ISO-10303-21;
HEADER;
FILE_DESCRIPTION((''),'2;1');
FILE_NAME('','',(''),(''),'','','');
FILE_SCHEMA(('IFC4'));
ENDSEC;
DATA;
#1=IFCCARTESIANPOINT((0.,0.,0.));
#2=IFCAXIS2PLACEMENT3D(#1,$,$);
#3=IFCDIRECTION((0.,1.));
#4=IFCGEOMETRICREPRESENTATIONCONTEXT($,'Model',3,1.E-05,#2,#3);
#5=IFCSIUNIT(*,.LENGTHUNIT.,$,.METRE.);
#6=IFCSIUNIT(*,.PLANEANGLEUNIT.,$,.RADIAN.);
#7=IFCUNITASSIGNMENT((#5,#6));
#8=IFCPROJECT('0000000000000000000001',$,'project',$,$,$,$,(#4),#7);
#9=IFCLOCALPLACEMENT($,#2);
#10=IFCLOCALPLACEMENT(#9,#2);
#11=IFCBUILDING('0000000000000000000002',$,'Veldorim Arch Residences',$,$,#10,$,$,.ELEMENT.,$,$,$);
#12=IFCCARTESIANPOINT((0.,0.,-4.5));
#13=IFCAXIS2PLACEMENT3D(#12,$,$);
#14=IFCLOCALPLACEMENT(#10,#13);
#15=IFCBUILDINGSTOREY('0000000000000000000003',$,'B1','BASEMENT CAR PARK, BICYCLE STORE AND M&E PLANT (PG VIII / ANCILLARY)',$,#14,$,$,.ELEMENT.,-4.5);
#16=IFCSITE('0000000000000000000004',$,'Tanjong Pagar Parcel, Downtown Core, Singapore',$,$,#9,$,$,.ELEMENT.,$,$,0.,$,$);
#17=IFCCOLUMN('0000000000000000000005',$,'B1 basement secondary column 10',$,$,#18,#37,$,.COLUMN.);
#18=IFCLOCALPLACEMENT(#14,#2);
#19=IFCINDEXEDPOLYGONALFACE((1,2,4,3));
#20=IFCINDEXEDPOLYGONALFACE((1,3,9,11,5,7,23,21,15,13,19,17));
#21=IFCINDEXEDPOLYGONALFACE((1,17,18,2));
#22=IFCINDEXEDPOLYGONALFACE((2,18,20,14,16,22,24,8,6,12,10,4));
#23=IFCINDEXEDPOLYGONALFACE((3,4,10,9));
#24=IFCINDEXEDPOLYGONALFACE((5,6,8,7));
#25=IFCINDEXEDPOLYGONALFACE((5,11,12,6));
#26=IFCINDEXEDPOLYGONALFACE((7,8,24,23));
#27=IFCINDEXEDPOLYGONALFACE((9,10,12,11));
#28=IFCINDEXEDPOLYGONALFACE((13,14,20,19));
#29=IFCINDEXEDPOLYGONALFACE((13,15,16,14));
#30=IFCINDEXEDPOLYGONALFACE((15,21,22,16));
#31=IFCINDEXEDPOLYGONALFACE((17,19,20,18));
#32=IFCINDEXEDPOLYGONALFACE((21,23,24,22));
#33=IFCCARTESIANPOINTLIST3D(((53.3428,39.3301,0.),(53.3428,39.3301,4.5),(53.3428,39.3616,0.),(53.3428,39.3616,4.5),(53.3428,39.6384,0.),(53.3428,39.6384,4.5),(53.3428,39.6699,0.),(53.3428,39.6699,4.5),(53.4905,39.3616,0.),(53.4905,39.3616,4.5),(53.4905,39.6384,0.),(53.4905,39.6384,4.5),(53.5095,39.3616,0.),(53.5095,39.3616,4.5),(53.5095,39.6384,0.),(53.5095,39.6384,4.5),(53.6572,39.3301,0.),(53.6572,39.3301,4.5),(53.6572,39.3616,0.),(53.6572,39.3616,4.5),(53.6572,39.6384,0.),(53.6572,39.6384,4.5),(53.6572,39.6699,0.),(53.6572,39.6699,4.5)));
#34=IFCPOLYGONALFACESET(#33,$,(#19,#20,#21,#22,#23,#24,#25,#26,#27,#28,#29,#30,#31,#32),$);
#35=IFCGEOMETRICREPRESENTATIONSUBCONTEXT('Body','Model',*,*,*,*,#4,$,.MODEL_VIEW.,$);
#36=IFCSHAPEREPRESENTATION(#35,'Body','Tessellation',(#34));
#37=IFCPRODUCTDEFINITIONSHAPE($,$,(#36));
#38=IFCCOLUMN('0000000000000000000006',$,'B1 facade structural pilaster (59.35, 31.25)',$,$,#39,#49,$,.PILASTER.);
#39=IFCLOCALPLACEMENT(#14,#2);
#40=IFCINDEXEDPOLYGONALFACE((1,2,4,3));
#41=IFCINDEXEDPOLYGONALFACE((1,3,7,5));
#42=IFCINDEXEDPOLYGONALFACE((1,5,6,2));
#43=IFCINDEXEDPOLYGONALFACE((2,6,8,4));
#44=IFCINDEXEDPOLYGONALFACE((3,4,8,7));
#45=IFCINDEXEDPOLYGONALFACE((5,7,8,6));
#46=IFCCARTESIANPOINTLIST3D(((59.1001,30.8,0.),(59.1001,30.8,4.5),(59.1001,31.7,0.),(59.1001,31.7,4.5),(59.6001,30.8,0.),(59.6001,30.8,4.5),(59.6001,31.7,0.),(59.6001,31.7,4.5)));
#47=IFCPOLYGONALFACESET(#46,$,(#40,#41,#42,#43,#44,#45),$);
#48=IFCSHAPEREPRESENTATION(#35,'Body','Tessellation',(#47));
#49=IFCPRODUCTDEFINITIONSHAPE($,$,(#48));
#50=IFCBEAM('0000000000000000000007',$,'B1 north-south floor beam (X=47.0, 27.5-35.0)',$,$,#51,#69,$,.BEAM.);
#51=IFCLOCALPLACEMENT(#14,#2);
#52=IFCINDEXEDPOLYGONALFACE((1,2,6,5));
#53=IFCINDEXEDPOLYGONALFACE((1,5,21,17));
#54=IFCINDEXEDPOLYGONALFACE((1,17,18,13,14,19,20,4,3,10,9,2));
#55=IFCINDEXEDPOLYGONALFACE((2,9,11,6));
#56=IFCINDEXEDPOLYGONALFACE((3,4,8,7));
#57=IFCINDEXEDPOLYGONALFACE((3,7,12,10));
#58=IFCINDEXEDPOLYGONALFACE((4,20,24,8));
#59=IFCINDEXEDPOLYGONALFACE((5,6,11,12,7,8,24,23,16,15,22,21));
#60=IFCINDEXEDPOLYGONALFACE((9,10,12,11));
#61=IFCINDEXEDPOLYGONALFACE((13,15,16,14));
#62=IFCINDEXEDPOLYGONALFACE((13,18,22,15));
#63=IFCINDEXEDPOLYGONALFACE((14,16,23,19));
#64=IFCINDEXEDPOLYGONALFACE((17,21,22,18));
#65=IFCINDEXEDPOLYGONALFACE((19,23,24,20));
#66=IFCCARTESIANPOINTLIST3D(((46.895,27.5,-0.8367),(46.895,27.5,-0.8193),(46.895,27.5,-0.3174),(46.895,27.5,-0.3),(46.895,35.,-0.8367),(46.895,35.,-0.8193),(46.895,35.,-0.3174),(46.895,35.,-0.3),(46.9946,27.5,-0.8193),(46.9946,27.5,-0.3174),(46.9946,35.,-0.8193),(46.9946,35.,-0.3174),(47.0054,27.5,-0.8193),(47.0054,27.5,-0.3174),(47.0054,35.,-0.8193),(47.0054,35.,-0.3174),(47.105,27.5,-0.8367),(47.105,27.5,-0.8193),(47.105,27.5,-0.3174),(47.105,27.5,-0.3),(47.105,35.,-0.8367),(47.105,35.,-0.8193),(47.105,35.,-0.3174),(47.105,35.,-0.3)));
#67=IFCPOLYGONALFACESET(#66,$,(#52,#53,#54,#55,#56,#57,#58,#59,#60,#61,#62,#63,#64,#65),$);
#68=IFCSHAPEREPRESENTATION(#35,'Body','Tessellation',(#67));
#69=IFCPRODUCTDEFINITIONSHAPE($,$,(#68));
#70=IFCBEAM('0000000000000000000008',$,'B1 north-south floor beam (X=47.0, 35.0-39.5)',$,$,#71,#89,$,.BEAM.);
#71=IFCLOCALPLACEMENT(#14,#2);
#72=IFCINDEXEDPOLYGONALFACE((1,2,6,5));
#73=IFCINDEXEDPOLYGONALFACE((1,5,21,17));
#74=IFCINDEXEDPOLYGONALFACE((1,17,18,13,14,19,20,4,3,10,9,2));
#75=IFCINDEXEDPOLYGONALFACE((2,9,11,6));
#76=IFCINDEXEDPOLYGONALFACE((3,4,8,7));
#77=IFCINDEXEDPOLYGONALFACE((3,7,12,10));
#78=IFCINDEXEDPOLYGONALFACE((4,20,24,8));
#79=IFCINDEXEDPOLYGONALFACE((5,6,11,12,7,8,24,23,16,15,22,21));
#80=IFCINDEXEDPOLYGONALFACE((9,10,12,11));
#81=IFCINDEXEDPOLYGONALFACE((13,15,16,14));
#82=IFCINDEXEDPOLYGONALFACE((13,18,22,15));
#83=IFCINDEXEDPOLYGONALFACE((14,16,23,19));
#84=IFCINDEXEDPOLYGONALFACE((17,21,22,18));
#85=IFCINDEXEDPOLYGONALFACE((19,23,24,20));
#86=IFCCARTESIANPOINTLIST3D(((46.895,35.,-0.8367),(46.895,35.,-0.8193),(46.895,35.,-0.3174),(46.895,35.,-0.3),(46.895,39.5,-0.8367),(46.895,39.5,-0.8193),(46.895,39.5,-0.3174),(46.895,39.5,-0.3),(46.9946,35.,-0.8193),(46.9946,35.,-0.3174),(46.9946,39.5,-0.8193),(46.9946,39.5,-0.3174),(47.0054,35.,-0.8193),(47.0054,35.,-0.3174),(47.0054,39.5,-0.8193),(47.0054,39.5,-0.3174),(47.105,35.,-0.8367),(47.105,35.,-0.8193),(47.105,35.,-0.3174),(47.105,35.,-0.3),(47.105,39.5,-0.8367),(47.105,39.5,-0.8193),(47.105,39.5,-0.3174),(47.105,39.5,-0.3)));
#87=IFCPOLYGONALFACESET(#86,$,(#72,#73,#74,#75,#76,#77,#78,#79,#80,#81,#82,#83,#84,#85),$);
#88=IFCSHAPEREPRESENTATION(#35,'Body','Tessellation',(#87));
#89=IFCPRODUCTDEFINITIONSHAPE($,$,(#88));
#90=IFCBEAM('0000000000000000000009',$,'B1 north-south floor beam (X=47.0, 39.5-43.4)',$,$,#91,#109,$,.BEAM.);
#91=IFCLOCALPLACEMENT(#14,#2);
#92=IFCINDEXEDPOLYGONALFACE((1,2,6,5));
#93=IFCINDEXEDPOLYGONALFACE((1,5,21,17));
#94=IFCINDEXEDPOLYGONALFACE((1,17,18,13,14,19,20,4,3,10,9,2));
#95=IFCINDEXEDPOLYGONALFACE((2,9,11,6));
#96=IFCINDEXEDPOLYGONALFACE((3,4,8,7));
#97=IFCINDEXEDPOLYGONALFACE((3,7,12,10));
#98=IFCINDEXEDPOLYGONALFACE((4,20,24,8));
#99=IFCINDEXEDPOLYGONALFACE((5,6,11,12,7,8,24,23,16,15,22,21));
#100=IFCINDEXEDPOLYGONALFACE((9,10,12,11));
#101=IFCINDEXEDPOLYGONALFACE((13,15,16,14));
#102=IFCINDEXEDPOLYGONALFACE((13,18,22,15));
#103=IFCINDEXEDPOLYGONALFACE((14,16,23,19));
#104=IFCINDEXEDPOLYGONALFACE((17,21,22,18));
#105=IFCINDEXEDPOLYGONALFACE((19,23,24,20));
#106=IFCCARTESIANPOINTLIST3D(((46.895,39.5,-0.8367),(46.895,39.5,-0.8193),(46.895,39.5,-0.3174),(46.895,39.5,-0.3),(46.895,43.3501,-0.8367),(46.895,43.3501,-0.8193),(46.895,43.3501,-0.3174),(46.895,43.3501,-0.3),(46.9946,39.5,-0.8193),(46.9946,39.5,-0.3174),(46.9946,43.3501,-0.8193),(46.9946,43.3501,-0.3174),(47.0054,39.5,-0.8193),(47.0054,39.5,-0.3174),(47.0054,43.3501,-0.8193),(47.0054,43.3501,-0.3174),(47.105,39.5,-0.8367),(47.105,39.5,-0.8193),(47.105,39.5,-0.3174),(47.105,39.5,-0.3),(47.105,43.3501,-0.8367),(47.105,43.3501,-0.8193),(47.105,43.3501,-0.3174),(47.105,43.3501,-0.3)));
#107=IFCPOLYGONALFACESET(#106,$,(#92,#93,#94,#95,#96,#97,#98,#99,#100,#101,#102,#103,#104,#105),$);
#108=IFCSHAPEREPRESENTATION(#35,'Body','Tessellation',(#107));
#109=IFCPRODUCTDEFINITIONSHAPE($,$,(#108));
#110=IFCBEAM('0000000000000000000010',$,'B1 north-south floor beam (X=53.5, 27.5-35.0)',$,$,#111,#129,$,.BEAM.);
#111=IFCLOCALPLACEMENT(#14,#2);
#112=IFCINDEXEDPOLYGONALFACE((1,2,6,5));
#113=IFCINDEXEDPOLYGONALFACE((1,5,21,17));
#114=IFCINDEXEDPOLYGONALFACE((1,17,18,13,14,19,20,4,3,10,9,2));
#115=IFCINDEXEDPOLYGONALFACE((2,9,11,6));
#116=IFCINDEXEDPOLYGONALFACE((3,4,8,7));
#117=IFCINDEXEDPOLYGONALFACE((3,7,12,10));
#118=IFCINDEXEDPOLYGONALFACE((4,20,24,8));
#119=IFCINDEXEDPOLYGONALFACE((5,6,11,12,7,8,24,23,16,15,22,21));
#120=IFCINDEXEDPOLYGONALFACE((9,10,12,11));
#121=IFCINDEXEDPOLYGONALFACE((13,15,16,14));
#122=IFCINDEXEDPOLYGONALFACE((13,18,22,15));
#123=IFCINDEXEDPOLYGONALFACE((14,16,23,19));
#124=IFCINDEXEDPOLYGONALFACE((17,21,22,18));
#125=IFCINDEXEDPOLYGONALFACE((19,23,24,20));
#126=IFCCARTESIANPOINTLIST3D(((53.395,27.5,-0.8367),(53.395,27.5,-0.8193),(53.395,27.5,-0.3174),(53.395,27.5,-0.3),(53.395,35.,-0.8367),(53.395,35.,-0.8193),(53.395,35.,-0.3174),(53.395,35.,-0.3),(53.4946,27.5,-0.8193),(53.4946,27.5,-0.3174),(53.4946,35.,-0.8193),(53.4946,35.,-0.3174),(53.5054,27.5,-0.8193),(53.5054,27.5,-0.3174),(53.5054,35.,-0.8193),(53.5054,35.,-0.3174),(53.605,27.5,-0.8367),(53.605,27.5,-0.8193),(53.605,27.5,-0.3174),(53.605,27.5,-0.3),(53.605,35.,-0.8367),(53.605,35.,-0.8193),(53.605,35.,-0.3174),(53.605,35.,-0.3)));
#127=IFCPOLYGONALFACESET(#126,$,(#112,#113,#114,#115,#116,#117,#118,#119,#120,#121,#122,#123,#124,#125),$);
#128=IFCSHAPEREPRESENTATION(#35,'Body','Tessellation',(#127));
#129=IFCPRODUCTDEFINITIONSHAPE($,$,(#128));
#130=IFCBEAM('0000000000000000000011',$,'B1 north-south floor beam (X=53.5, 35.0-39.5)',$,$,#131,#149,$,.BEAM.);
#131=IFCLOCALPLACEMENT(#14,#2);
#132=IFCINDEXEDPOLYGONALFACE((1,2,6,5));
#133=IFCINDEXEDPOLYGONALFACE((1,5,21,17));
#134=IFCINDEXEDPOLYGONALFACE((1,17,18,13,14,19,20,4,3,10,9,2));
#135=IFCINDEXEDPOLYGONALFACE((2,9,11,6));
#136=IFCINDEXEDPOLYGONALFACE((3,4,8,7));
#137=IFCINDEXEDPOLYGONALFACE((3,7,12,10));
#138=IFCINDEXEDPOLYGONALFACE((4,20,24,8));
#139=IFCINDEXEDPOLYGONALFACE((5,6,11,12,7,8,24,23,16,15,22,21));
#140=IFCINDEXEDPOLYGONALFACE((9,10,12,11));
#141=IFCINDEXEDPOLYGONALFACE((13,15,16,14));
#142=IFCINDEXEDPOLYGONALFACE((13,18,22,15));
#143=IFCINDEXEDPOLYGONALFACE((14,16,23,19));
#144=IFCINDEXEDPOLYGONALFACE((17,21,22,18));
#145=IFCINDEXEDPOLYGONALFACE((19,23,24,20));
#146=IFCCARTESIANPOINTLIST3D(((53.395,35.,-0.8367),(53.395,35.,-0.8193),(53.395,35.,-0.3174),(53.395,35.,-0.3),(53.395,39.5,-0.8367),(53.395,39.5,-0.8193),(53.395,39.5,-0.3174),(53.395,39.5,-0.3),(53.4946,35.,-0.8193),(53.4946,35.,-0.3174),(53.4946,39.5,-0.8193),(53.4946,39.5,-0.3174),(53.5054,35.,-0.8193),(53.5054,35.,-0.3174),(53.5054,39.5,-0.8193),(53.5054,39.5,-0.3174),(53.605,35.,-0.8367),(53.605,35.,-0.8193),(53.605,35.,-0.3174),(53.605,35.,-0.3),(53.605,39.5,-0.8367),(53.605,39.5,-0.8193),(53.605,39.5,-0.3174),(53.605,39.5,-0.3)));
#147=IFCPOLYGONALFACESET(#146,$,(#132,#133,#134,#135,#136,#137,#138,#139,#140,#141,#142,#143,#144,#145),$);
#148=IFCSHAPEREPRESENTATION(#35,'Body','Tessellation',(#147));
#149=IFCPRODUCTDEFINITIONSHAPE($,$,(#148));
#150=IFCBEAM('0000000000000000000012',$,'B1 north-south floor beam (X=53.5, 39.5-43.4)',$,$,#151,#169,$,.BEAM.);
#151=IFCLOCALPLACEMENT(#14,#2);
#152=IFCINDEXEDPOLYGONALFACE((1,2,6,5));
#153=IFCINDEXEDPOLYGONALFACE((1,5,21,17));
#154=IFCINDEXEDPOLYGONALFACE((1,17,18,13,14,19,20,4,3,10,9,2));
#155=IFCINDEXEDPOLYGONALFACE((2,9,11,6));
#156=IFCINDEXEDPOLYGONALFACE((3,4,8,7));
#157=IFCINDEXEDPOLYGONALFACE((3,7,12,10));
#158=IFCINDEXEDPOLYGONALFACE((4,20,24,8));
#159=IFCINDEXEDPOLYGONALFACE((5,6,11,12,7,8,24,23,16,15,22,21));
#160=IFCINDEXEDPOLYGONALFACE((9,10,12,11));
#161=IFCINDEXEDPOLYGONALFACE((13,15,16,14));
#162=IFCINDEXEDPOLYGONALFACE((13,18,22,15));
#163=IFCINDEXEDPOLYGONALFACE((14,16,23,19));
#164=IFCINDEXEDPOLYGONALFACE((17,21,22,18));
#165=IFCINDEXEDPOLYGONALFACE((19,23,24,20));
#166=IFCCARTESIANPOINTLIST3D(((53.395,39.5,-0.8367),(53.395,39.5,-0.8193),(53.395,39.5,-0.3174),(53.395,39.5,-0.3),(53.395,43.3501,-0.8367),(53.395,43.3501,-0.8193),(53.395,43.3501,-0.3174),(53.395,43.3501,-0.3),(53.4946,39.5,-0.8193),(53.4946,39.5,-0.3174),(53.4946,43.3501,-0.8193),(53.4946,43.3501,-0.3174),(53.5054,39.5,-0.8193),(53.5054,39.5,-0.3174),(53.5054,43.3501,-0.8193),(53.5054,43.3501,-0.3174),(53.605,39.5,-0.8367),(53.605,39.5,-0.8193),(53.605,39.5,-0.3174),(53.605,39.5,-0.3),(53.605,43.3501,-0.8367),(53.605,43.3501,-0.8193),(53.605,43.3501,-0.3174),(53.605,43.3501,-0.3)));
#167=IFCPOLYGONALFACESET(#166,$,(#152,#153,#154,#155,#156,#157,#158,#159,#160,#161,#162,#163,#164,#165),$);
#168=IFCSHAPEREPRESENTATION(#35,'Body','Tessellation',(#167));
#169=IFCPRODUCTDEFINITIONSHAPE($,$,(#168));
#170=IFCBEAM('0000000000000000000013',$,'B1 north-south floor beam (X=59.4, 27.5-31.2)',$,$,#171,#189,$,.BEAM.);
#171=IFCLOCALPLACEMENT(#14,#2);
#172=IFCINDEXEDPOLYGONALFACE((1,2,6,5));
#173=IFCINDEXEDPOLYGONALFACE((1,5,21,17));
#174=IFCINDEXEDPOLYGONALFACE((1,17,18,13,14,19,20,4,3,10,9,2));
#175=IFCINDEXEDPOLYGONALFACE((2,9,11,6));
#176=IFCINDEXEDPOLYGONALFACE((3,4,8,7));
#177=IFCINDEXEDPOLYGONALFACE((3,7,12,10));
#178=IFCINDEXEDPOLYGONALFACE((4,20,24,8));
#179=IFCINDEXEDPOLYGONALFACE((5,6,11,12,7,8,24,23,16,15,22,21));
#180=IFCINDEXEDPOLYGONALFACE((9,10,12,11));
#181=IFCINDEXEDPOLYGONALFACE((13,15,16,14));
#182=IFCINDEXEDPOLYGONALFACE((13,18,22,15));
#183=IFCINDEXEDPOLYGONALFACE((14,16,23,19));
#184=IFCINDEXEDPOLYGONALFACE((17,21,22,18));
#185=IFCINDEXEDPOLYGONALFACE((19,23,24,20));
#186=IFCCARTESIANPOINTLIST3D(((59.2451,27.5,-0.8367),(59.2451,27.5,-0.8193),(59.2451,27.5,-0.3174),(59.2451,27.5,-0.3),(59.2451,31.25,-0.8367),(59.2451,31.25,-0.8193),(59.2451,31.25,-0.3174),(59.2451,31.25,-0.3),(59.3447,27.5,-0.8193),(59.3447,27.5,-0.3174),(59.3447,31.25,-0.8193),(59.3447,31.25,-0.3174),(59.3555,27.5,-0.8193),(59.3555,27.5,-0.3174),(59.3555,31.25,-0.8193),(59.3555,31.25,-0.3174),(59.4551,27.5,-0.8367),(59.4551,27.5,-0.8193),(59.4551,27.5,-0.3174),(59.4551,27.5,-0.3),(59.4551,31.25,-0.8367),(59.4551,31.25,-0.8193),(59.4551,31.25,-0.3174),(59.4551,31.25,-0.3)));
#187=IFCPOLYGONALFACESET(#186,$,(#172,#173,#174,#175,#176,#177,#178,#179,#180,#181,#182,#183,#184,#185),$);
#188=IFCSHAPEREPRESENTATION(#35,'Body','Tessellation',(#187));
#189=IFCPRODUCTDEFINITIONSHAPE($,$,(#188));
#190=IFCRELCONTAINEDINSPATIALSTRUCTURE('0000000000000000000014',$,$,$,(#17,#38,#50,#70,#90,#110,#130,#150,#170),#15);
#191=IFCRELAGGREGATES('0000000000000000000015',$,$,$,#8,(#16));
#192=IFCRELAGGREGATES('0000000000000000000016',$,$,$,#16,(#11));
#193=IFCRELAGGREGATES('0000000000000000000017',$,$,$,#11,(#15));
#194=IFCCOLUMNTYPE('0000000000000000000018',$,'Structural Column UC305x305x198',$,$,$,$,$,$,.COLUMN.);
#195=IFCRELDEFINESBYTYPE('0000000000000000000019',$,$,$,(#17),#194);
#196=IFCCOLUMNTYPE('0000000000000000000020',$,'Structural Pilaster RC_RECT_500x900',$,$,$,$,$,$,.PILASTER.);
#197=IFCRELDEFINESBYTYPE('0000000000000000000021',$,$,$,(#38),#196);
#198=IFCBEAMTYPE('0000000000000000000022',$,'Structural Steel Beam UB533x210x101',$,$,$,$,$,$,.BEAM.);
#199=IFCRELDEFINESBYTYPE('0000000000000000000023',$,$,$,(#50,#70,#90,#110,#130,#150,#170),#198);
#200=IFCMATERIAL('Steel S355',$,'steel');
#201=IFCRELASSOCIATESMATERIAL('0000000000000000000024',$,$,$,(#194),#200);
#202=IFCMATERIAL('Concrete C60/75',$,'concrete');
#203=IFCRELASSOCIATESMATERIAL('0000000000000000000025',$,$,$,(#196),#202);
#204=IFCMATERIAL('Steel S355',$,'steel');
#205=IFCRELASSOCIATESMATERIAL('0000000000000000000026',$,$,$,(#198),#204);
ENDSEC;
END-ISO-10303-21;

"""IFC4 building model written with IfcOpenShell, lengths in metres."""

from ifc_helpers import new_model, si_unit, direction, frame, origin, origin_2d, place, context, subcontext, project, spatial, rectangle, i_section, extrude, material, material_profile, profile_set, type_object, element, save


model = new_model("IFC4")

# Units and contexts
model_context = context("Model", 3, precision=1e-05, world=origin(), true_north=direction((0.0, 1.0)))
body_context = subcontext(model_context, "Body", "Model", "MODEL_VIEW")
ifc_project = project(units=[si_unit("LENGTHUNIT", "METRE"), si_unit("PLANEANGLEUNIT", "RADIAN")], contexts=[model_context])

# Site, building, storey
site_placement = place(None, origin())
site = spatial("IfcSite", under=ifc_project, at=site_placement, Name="Tanjong Pagar Parcel, Downtown Core, Singapore", CompositionType="ELEMENT", RefElevation=0.0)
building_placement = place(site_placement, origin())
building = spatial("IfcBuilding", under=site, at=building_placement, Name="Veldorim Arch Residences", CompositionType="ELEMENT")
storey_placement = place(building_placement, frame((0.0, 0.0, -4.5)))
storey = spatial("IfcBuildingStorey", under=building, at=storey_placement, Name="B1", Description="BASEMENT CAR PARK, BICYCLE STORE AND M&E PLANT (PG VIII / ANCILLARY)", CompositionType="ELEMENT", Elevation=-4.5)

# Columns
ifc_material_1 = material(Name="Steel S355", Category="steel")
ifc_material_profile_1 = material_profile(ifc_material_1, i_section(OverallWidth=0.3145, OverallDepth=0.3398, WebThickness=0.019, FlangeThickness=0.0315, at=origin_2d()), Name="UC305x305x198")
ifc_profile_set_1 = profile_set([ifc_material_profile_1], Name="Steel S355")
column_type_1 = type_object("IfcColumnType", Name="Structural Column UC305x305x198", PredefinedType="COLUMN", material=ifc_profile_set_1)
column_1_placement = place(storey_placement, frame((53.5, 39.5, 0.0), z_axis=(0.0, 0.0, 1.0), x_axis=(1.0, 0.0, 0.0)))
element("IfcColumn", 1, at=column_1_placement, inside=storey, type_object=column_type_1, Name="B1 basement secondary column 10", PredefinedType="COLUMN", context=body_context, shape_type="SweptSolid", body=[
    extrude(i_section(OverallWidth=0.3145, OverallDepth=0.3398, WebThickness=0.019, FlangeThickness=0.0315, at=origin_2d()), origin(), (0.0, 0.0, 1.0), 4.5),
])
ifc_material_2 = material(Name="Concrete C60/75", Category="concrete")
ifc_material_profile_2 = material_profile(ifc_material_2, rectangle(XDim=0.5, YDim=0.8999, at=origin_2d()), Name="RC_RECT_500x900")
ifc_profile_set_2 = profile_set([ifc_material_profile_2], Name="Concrete C60/75")
column_type_2 = type_object("IfcColumnType", Name="Structural Pilaster RC_RECT_500x900", PredefinedType="PILASTER", material=ifc_profile_set_2)
column_2_placement = place(storey_placement, frame((59.3501, 31.25, 0.0), z_axis=(0.0, 0.0, 1.0), x_axis=(1.0, 0.0, 0.0)))
element("IfcColumn", 2, at=column_2_placement, inside=storey, type_object=column_type_2, Name="B1 facade structural pilaster (59.35, 31.25)", PredefinedType="PILASTER", context=body_context, shape_type="SweptSolid", body=[
    extrude(rectangle(XDim=0.5, YDim=0.8999, at=origin_2d()), origin(), (0.0, 0.0, 1.0), 4.5),
])

# Beams
ifc_material_3 = material(Name="Steel S355", Category="steel")
ifc_material_profile_3 = material_profile(ifc_material_3, i_section(OverallWidth=0.21, OverallDepth=0.5366, WebThickness=0.0107, FlangeThickness=0.0173, at=origin_2d()), Name="UB533x210x101")
ifc_profile_set_3 = profile_set([ifc_material_profile_3], Name="Steel S355")
beam_type_1 = type_object("IfcBeamType", Name="Structural Steel Beam UB533x210x101", PredefinedType="BEAM", material=ifc_profile_set_3)
beam_1_placement = place(storey_placement, frame((47.0, 27.5, -0.5684), z_axis=(0.0, 1.0, 0.0), x_axis=(-1.0, 0.0, 0.0)))
element("IfcBeam", 3, at=beam_1_placement, inside=storey, type_object=beam_type_1, Name="B1 north-south floor beam (X=47.0, 27.5-35.0)", PredefinedType="BEAM", context=body_context, shape_type="SweptSolid", body=[
    extrude(i_section(OverallWidth=0.21, OverallDepth=0.5366, WebThickness=0.0107, FlangeThickness=0.0173, at=origin_2d()), origin(), (0.0, 0.0, 1.0), 7.5),
])
beam_2_placement = place(storey_placement, frame((47.0, 35.0, -0.5684), z_axis=(0.0, 1.0, 0.0), x_axis=(-1.0, 0.0, 0.0)))
element("IfcBeam", 4, at=beam_2_placement, inside=storey, type_object=beam_type_1, Name="B1 north-south floor beam (X=47.0, 35.0-39.5)", PredefinedType="BEAM", context=body_context, shape_type="SweptSolid", body=[
    extrude(i_section(OverallWidth=0.21, OverallDepth=0.5366, WebThickness=0.0107, FlangeThickness=0.0173, at=origin_2d()), origin(), (0.0, 0.0, 1.0), 4.5),
])
beam_3_placement = place(storey_placement, frame((47.0, 39.5, -0.5684), z_axis=(0.0, 1.0, 0.0), x_axis=(-1.0, 0.0, 0.0)))
element("IfcBeam", 5, at=beam_3_placement, inside=storey, type_object=beam_type_1, Name="B1 north-south floor beam (X=47.0, 39.5-43.4)", PredefinedType="BEAM", context=body_context, shape_type="SweptSolid", body=[
    extrude(i_section(OverallWidth=0.21, OverallDepth=0.5366, WebThickness=0.0107, FlangeThickness=0.0173, at=origin_2d()), origin(), (0.0, 0.0, 1.0), 3.8501),
])
beam_4_placement = place(storey_placement, frame((53.5, 27.5, -0.5684), z_axis=(0.0, 1.0, 0.0), x_axis=(-1.0, 0.0, 0.0)))
element("IfcBeam", 6, at=beam_4_placement, inside=storey, type_object=beam_type_1, Name="B1 north-south floor beam (X=53.5, 27.5-35.0)", PredefinedType="BEAM", context=body_context, shape_type="SweptSolid", body=[
    extrude(i_section(OverallWidth=0.21, OverallDepth=0.5366, WebThickness=0.0107, FlangeThickness=0.0173, at=origin_2d()), origin(), (0.0, 0.0, 1.0), 7.5),
])
beam_5_placement = place(storey_placement, frame((53.5, 35.0, -0.5684), z_axis=(0.0, 1.0, 0.0), x_axis=(-1.0, 0.0, 0.0)))
element("IfcBeam", 7, at=beam_5_placement, inside=storey, type_object=beam_type_1, Name="B1 north-south floor beam (X=53.5, 35.0-39.5)", PredefinedType="BEAM", context=body_context, shape_type="SweptSolid", body=[
    extrude(i_section(OverallWidth=0.21, OverallDepth=0.5366, WebThickness=0.0107, FlangeThickness=0.0173, at=origin_2d()), origin(), (0.0, 0.0, 1.0), 4.5),
])
beam_6_placement = place(storey_placement, frame((53.5, 39.5, -0.5684), z_axis=(0.0, 1.0, 0.0), x_axis=(-1.0, 0.0, 0.0)))
element("IfcBeam", 8, at=beam_6_placement, inside=storey, type_object=beam_type_1, Name="B1 north-south floor beam (X=53.5, 39.5-43.4)", PredefinedType="BEAM", context=body_context, shape_type="SweptSolid", body=[
    extrude(i_section(OverallWidth=0.21, OverallDepth=0.5366, WebThickness=0.0107, FlangeThickness=0.0173, at=origin_2d()), origin(), (0.0, 0.0, 1.0), 3.8501),
])
for number, where, z_axis, x_axis, name in (
    (9, (59.3501, 27.5, -0.5684), (0.0, 1.0, 0.0), (-1.0, 0.0, 0.0), "B1 north-south floor beam (X=59.4, 27.5-31.2)"),
):
    element("IfcBeam", number, at=place(storey_placement, frame(where, z_axis=z_axis, x_axis=x_axis)), inside=storey, type_object=beam_type_1, Name=name, PredefinedType="BEAM", context=body_context, shape_type="SweptSolid", body=[
        extrude(i_section(OverallWidth=0.21, OverallDepth=0.5366, WebThickness=0.0107, FlangeThickness=0.0173, at=origin_2d()), origin(), (0.0, 0.0, 1.0), 3.75),
    ])

save(model, "model.ifc")
